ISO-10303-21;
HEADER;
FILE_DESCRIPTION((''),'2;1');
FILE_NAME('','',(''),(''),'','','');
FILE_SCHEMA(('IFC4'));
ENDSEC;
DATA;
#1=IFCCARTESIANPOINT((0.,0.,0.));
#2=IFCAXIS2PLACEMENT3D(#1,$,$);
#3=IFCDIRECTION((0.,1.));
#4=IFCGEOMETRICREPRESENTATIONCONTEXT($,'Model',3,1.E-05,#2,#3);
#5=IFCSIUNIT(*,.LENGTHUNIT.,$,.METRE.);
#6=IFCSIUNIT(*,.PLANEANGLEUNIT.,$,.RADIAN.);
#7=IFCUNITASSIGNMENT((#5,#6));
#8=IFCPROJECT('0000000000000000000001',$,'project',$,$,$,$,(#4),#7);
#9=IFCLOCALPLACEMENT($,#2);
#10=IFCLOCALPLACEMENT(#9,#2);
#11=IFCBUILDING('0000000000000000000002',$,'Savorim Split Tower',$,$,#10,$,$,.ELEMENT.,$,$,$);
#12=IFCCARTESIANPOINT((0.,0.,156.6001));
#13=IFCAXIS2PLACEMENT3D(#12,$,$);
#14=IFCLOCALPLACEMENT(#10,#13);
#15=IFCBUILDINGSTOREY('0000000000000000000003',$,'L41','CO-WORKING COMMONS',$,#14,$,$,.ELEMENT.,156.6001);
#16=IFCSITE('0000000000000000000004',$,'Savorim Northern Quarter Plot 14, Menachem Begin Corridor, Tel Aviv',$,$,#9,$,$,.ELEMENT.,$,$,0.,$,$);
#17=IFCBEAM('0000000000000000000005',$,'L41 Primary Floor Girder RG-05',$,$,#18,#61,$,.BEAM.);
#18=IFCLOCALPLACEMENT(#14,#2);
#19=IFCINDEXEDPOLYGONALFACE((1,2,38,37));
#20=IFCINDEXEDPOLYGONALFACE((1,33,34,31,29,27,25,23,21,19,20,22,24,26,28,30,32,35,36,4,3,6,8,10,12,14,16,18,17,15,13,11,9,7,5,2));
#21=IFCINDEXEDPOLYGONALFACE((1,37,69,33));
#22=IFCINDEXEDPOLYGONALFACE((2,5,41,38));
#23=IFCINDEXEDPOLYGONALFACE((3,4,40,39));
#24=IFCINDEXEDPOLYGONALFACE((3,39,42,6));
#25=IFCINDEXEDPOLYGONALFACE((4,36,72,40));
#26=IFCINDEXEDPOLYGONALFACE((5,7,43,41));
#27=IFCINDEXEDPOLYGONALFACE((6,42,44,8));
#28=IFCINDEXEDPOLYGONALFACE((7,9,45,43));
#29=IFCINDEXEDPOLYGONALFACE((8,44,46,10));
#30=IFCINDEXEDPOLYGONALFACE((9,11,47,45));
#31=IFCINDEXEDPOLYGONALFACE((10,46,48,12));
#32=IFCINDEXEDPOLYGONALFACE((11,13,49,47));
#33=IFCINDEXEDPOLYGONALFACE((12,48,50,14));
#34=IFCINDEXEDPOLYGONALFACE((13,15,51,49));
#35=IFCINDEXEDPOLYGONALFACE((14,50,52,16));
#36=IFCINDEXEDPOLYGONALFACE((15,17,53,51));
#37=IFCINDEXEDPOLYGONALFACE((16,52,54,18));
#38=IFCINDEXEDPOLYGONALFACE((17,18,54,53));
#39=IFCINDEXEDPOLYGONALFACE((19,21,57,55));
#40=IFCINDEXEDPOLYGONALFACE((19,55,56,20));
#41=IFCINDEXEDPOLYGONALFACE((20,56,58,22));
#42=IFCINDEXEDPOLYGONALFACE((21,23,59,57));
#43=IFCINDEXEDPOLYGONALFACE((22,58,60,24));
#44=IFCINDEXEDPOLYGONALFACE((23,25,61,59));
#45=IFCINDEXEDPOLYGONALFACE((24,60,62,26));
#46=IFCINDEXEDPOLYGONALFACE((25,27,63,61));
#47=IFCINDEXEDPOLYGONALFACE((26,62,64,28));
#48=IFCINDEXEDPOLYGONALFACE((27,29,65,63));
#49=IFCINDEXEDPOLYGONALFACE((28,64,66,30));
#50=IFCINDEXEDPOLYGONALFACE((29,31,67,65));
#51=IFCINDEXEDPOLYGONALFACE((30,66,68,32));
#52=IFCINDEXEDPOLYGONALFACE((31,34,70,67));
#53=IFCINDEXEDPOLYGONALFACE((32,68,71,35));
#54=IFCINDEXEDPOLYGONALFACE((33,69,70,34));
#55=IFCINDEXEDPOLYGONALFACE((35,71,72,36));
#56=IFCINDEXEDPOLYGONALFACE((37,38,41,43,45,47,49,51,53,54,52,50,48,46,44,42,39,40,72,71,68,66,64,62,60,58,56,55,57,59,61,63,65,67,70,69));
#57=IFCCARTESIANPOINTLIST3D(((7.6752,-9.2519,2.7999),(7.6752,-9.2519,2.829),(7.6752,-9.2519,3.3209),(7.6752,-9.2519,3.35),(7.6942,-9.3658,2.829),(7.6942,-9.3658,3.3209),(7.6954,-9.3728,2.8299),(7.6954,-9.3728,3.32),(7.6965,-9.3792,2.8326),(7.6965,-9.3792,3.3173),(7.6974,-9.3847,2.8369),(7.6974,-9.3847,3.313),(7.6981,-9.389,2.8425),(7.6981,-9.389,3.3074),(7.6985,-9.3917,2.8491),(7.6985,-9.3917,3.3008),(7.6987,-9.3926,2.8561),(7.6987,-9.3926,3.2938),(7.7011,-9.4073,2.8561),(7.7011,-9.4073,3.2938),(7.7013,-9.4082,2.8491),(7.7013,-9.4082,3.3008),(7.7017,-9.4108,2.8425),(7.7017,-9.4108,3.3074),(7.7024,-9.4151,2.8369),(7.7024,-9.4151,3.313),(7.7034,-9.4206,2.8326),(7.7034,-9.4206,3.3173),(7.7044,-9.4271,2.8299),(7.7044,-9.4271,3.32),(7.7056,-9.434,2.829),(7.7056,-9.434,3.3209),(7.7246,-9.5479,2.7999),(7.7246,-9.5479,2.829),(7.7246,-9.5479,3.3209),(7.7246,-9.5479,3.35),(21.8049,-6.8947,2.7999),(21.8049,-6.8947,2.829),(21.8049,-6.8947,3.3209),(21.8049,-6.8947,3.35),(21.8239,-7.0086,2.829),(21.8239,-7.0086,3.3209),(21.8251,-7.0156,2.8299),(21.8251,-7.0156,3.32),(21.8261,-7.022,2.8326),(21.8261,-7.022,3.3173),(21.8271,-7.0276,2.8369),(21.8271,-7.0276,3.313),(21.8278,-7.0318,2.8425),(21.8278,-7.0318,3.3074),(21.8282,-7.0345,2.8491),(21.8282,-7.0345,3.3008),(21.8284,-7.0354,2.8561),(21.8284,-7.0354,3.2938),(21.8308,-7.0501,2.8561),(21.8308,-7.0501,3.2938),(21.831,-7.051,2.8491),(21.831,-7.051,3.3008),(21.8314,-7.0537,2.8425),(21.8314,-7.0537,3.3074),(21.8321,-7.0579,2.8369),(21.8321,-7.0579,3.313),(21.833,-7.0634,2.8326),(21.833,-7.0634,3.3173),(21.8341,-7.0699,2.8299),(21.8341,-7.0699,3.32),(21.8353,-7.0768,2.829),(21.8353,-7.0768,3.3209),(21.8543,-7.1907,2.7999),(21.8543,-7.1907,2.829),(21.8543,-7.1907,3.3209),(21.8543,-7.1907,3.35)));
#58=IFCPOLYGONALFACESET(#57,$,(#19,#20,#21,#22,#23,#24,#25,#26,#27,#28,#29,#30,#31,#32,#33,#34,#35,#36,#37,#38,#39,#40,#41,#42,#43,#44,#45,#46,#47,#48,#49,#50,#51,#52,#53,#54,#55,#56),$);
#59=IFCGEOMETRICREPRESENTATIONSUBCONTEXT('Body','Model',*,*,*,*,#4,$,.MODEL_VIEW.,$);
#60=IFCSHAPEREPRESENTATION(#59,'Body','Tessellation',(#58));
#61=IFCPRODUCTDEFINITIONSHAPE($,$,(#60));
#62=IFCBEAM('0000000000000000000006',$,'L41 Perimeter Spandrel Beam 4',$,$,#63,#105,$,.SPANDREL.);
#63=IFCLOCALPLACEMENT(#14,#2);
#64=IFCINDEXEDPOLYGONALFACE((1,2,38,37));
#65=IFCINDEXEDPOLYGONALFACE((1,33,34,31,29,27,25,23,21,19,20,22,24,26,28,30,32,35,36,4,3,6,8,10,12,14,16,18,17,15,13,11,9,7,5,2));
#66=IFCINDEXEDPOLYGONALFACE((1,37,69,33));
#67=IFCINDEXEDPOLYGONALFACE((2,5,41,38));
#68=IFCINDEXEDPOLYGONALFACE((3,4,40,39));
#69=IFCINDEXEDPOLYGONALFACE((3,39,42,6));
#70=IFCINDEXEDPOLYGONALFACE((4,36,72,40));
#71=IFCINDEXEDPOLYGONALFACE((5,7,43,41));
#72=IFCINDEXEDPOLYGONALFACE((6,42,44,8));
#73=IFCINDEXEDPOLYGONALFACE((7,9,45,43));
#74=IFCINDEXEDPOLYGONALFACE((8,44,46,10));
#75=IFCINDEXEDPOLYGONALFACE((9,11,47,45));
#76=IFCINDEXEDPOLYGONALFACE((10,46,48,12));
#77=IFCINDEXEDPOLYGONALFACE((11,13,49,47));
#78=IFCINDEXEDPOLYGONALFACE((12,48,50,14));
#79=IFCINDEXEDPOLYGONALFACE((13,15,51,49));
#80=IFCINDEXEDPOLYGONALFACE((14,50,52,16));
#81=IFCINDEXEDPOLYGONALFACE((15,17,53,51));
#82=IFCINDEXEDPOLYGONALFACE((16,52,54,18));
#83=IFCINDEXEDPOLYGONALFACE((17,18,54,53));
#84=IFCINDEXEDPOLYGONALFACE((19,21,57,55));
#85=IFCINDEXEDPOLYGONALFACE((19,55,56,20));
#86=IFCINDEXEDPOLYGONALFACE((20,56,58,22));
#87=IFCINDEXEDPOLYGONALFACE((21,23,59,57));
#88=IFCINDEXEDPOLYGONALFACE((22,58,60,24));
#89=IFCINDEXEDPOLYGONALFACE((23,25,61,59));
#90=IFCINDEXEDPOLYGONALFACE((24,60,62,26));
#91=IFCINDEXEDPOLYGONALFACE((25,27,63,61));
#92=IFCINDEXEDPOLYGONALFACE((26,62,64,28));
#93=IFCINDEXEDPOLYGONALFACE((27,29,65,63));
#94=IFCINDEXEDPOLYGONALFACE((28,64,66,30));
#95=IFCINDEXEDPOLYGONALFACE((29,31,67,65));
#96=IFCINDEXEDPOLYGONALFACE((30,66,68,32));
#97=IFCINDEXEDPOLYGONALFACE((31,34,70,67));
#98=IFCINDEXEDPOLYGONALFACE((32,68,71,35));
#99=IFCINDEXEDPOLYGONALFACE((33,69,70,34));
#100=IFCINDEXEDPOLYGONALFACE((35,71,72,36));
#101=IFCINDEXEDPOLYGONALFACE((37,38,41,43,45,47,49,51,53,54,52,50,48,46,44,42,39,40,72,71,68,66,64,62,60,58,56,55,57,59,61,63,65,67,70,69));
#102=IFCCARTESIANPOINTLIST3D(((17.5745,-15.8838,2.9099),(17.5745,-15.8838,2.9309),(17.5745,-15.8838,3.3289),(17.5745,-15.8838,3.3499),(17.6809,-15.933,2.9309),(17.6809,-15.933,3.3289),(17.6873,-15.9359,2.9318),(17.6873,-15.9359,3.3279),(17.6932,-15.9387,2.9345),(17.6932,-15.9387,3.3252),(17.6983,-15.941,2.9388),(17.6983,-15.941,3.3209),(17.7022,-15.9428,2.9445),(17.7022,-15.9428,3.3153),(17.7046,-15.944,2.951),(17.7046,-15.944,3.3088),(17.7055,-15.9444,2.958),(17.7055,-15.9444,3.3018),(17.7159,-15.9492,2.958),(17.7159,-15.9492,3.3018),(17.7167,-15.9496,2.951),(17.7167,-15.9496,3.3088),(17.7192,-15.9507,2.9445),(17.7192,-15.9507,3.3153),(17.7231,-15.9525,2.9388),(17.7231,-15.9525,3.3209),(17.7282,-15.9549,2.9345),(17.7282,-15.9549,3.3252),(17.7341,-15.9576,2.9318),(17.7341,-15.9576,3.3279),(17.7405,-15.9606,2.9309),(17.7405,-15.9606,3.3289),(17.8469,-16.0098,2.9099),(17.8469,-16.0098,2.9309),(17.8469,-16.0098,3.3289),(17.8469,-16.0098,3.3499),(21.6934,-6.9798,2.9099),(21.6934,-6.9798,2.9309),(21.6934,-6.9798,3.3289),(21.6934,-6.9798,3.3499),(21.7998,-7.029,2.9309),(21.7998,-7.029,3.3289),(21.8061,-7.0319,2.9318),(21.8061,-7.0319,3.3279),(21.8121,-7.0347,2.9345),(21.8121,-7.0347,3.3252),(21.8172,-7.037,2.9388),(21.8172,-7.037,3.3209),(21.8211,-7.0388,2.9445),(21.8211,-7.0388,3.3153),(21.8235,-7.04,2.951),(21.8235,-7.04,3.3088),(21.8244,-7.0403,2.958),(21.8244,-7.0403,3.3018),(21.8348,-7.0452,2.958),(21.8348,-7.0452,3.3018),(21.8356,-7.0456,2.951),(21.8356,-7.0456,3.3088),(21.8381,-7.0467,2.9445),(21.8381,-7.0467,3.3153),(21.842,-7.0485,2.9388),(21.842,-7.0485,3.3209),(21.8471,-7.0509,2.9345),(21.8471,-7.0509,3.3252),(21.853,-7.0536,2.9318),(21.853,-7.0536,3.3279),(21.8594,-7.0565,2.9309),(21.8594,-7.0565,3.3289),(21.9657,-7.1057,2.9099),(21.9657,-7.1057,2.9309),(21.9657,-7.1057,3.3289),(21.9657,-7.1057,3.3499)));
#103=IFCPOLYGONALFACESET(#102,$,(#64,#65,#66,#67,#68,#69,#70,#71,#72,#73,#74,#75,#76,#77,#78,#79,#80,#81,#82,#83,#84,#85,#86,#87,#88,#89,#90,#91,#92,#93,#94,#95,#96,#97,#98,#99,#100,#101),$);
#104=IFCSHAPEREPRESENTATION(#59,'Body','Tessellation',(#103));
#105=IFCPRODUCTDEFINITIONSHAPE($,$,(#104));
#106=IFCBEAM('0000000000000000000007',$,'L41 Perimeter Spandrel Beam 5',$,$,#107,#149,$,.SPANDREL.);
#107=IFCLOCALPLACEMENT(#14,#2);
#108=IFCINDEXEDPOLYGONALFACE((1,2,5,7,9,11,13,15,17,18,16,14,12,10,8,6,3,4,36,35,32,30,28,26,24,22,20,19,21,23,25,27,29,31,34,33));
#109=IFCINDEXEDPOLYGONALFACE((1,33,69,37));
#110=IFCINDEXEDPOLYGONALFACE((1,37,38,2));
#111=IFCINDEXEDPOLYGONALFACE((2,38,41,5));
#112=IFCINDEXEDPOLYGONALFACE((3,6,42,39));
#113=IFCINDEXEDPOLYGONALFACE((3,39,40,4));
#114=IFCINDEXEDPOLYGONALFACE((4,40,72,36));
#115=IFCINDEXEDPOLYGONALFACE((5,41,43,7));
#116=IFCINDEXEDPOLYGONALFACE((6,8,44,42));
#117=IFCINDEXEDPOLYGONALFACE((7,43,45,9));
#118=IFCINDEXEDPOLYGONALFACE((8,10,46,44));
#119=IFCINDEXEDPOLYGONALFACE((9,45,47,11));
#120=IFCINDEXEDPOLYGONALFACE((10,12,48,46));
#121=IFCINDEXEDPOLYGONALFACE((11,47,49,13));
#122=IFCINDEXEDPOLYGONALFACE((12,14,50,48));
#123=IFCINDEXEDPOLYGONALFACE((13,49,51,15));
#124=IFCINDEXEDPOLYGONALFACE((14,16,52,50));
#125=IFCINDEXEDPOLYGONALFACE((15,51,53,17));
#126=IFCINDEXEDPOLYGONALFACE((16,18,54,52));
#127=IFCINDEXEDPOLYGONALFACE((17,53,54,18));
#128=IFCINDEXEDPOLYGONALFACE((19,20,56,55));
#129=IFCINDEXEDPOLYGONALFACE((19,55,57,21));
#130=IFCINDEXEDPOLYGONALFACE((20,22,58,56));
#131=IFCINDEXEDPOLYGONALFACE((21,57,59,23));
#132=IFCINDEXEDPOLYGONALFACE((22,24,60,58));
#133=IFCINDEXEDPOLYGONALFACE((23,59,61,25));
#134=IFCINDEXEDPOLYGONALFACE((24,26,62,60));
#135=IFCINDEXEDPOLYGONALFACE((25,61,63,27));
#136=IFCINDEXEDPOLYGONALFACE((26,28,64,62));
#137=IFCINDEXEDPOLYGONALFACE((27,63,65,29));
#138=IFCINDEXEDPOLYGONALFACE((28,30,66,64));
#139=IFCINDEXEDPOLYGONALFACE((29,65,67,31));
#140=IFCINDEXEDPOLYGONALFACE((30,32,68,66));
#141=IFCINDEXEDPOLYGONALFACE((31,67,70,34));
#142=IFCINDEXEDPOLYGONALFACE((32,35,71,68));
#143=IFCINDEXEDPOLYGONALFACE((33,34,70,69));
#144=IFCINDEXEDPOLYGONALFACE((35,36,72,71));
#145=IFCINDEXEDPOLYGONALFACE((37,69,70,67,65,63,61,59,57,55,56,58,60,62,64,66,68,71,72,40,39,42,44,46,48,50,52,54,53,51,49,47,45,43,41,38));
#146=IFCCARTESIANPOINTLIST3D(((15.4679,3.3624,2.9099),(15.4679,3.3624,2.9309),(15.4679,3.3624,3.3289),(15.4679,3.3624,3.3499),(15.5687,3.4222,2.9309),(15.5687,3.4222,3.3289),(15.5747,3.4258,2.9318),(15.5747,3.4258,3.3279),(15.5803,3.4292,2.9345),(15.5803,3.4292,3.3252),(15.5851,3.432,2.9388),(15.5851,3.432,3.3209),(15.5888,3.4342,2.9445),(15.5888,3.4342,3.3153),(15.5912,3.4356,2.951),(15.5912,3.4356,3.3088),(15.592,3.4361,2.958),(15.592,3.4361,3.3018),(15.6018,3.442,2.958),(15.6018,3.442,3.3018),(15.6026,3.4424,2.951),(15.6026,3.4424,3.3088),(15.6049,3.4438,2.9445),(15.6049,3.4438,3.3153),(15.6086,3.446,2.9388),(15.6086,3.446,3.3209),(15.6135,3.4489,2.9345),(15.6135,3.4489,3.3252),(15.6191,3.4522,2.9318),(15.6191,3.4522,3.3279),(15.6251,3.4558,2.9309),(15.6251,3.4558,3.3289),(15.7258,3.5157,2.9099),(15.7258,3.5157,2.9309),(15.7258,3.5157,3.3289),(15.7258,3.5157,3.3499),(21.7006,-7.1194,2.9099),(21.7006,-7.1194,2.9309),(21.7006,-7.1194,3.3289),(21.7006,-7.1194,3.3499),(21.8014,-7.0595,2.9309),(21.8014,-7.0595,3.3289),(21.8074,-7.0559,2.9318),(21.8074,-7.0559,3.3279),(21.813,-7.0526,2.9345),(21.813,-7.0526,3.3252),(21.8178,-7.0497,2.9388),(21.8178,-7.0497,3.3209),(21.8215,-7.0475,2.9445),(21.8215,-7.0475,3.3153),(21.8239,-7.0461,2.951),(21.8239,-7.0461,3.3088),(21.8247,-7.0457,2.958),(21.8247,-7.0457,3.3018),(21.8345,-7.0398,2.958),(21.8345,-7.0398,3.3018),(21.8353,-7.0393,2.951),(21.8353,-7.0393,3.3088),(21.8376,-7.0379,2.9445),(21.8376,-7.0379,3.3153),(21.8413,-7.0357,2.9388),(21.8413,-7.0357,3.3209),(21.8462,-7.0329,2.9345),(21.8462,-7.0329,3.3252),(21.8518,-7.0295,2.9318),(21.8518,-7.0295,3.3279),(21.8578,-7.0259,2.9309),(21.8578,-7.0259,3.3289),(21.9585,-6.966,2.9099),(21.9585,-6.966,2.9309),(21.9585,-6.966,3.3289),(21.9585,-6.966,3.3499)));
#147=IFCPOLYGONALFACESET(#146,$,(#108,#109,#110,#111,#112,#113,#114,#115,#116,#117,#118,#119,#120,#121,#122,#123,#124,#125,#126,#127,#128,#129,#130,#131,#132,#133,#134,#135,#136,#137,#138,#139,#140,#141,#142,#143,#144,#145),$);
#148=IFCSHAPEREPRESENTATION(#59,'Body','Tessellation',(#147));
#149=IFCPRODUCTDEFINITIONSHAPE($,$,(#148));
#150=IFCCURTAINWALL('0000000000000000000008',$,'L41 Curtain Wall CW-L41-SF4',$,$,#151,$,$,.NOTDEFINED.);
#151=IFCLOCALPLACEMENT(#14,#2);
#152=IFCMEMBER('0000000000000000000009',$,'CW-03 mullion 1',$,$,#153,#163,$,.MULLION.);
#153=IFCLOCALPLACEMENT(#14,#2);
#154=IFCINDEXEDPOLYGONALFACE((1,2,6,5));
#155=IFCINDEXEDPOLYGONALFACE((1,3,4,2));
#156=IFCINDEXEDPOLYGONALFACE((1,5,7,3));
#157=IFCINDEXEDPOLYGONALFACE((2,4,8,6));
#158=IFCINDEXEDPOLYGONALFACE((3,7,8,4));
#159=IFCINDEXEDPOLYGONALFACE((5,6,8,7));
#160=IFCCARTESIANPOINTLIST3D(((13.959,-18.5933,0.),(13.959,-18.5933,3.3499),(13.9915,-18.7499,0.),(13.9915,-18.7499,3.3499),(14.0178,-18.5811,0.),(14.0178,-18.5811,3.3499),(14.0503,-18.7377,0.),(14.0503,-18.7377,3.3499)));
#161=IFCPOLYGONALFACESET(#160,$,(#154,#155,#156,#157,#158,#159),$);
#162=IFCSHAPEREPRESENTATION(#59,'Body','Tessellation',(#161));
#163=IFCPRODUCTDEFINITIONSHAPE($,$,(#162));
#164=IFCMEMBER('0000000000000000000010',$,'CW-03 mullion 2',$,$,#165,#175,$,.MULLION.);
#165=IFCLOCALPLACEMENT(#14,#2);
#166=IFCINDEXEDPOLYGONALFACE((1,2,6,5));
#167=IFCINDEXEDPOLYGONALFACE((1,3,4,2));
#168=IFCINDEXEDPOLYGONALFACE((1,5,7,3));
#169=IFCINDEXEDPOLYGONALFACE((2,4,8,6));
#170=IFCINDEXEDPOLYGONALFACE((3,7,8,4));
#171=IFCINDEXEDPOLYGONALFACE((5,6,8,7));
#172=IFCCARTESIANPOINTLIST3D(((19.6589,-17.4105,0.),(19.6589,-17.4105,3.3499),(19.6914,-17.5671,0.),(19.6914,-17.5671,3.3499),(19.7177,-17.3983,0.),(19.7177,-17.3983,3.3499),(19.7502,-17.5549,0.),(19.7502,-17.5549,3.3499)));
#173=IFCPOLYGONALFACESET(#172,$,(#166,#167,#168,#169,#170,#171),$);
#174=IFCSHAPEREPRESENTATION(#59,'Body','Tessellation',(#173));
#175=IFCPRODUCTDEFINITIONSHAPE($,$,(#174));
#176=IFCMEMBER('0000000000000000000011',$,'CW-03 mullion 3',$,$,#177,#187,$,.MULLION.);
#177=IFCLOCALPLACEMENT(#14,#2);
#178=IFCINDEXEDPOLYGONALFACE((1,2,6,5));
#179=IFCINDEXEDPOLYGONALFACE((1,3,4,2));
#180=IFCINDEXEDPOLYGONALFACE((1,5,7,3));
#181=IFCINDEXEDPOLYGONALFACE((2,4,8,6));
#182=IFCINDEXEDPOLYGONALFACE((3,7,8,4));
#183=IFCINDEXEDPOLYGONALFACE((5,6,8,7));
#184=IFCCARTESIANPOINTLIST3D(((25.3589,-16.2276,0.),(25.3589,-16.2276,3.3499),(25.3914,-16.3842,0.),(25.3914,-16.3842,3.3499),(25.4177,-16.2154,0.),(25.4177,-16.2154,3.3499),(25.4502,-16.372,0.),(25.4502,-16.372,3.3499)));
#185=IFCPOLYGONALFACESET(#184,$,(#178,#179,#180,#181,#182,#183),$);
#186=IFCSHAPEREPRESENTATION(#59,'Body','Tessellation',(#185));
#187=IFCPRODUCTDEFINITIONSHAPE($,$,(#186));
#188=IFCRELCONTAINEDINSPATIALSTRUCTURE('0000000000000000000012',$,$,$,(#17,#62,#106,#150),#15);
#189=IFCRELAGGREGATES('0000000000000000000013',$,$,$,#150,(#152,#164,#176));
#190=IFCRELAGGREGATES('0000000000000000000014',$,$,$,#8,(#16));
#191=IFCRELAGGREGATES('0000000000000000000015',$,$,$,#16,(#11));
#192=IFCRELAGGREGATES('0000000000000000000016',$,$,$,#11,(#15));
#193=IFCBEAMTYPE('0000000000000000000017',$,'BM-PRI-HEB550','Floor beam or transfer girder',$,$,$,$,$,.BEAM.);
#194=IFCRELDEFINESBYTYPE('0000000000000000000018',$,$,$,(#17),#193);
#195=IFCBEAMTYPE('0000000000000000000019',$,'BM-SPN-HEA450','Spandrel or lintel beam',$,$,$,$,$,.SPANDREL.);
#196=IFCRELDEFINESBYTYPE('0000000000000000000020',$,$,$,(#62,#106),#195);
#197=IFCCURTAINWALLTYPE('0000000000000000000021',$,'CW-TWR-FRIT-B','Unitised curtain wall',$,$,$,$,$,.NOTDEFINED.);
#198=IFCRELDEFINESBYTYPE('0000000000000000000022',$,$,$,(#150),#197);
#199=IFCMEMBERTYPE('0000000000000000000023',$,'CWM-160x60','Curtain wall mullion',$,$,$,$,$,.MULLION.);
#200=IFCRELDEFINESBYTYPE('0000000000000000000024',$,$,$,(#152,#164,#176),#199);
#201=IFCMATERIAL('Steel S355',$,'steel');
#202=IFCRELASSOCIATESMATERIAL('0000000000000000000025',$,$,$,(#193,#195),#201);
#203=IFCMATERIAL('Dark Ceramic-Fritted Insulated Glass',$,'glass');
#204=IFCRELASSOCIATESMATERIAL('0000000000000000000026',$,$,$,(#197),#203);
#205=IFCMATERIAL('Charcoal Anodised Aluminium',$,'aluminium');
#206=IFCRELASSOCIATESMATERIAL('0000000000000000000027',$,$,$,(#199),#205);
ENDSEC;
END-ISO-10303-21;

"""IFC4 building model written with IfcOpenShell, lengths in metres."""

from ifc_helpers import new_model, si_unit, direction, frame, origin, origin_2d, place, context, subcontext, project, spatial, rectangle, i_section, extrude, material, material_profile, profile_set, type_object, element, aggregate, save


model = new_model("IFC4")

# Units and contexts
model_context = context("Model", 3, precision=1e-05, world=origin(), true_north=direction((0.0, 1.0)))
body_context = subcontext(model_context, "Body", "Model", "MODEL_VIEW")
ifc_project = project(units=[si_unit("LENGTHUNIT", "METRE"), si_unit("PLANEANGLEUNIT", "RADIAN")], contexts=[model_context])

# Site, building, storey
site_placement = place(None, origin())
site = spatial("IfcSite", under=ifc_project, at=site_placement, Name="Savorim Northern Quarter Plot 14, Menachem Begin Corridor, Tel Aviv", CompositionType="ELEMENT", RefElevation=0.0)
building_placement = place(site_placement, origin())
building = spatial("IfcBuilding", under=site, at=building_placement, Name="Savorim Split Tower", CompositionType="ELEMENT")
storey_placement = place(building_placement, frame((0.0, 0.0, 156.6001)))
storey = spatial("IfcBuildingStorey", under=building, at=storey_placement, Name="L41", Description="CO-WORKING COMMONS", CompositionType="ELEMENT", Elevation=156.6001)

# Beams
ifc_material_1 = material(Name="Steel S355", Category="steel")
ifc_material_profile_1 = material_profile(ifc_material_1, i_section(OverallWidth=0.3, OverallDepth=0.55, WebThickness=0.0149, FlangeThickness=0.0291, FilletRadius=0.0271, at=origin_2d()), Name="HEB 550")
ifc_profile_set_1 = profile_set([ifc_material_profile_1], Name="Steel S355")
beam_type_1 = type_object("IfcBeamType", Name="BM-PRI-HEB550", Description="Floor beam or transfer girder", PredefinedType="BEAM", material=ifc_profile_set_1)
beam_1_placement = place(storey_placement, frame((21.8296, -7.0427, 3.075), z_axis=(-0.986369, -0.164551, 0.0), x_axis=(0.164551, -0.986369, 0.0)))
element("IfcBeam", 1, at=beam_1_placement, inside=storey, type_object=beam_type_1, Name="L41 Primary Floor Girder RG-05", PredefinedType="BEAM", context=body_context, shape_type="SweptSolid", body=[
    extrude(i_section(OverallWidth=0.3, OverallDepth=0.55, WebThickness=0.0149, FlangeThickness=0.0291, FilletRadius=0.0271, at=origin_2d()), origin(), (0.0, 0.0, 1.0), 14.325),
])
ifc_material_profile_2 = material_profile(ifc_material_1, i_section(OverallWidth=0.3, OverallDepth=0.4399, WebThickness=0.0115, FlangeThickness=0.021, FilletRadius=0.0271, at=origin_2d()), Name="HEA 450")
ifc_profile_set_2 = profile_set([ifc_material_profile_2], Name="Steel S355")
beam_type_2 = type_object("IfcBeamType", Name="BM-SPN-HEA450", Description="Spandrel or lintel beam", PredefinedType="SPANDREL", material=ifc_profile_set_2)
beam_2_placement = place(storey_placement, frame((17.7107, -15.9468, 3.1299), z_axis=(0.419842, 0.907597, 0.0), x_axis=(-0.907597, 0.419842, 0.0)))
element("IfcBeam", 2, at=beam_2_placement, inside=storey, type_object=beam_type_2, Name="L41 Perimeter Spandrel Beam 4", PredefinedType="SPANDREL", context=body_context, shape_type="SweptSolid", body=[
    extrude(i_section(OverallWidth=0.3, OverallDepth=0.4399, WebThickness=0.0115, FlangeThickness=0.021, FilletRadius=0.0271, at=origin_2d()), origin(), (0.0, 0.0, 1.0), 9.8105),
])
beam_3_placement = place(storey_placement, frame((21.8296, -7.0427, 3.1299), z_axis=(-0.511094, 0.859525, 0.0), x_axis=(-0.859525, -0.511094, 0.0)))
element("IfcBeam", 3, at=beam_3_placement, inside=storey, type_object=beam_type_2, Name="L41 Perimeter Spandrel Beam 5", PredefinedType="SPANDREL", context=body_context, shape_type="SweptSolid", body=[
    extrude(i_section(OverallWidth=0.3, OverallDepth=0.4399, WebThickness=0.0115, FlangeThickness=0.021, FilletRadius=0.0271, at=origin_2d()), origin(), (0.0, 0.0, 1.0), 12.1948),
])

# Curtain wall, members
ifc_material_2 = material(Name="Dark Ceramic-Fritted Insulated Glass", Category="glass")
curtain_wall_type = type_object("IfcCurtainWallType", Name="CW-TWR-FRIT-B", Description="Unitised curtain wall", PredefinedType="NOTDEFINED", material=ifc_material_2)
curtain_wall_1_placement = place(storey_placement, origin())
curtain_wall_1 = element("IfcCurtainWall", 4, at=curtain_wall_1_placement, inside=storey, type_object=curtain_wall_type, Name="L41 Curtain Wall CW-L41-SF4", PredefinedType="NOTDEFINED")
ifc_material_3 = material(Name="Charcoal Anodised Aluminium", Category="aluminium")
ifc_material_profile_3 = material_profile(ifc_material_3, rectangle(XDim=0.1599, YDim=0.0601, at=origin_2d()), Name="ALU-M 160x60")
ifc_profile_set_3 = profile_set([ifc_material_profile_3], Name="Charcoal Anodised Aluminium")
member_type_1 = type_object("IfcMemberType", Name="CWM-160x60", Description="Curtain wall mullion", PredefinedType="MULLION", material=ifc_profile_set_3)
member_1_placement = place(storey_placement, frame((14.0046, -18.6655, 0.0), z_axis=(0.0, 0.0, 1.0), x_axis=(-0.20321, 0.979135, 0.0)))
member_1 = element("IfcMember", 5, at=member_1_placement, type_object=member_type_1, Name="CW-03 mullion 1", PredefinedType="MULLION", context=body_context, shape_type="SweptSolid", body=[
    extrude(rectangle(XDim=0.1599, YDim=0.0601, at=origin_2d()), origin(), (0.0, 0.0, 1.0), 3.3499),
])
member_2_placement = place(storey_placement, frame((19.7046, -17.4827, 0.0), z_axis=(0.0, 0.0, 1.0), x_axis=(-0.20321, 0.979135, 0.0)))
member_2 = element("IfcMember", 6, at=member_2_placement, type_object=member_type_1, Name="CW-03 mullion 2", PredefinedType="MULLION", context=body_context, shape_type="SweptSolid", body=[
    extrude(rectangle(XDim=0.1599, YDim=0.0601, at=origin_2d()), origin(), (0.0, 0.0, 1.0), 3.3499),
])
member_3_placement = place(storey_placement, frame((25.4045, -16.2998, 0.0), z_axis=(0.0, 0.0, 1.0), x_axis=(-0.20321, 0.979135, 0.0)))
member_3 = element("IfcMember", 7, at=member_3_placement, type_object=member_type_1, Name="CW-03 mullion 3", PredefinedType="MULLION", context=body_context, shape_type="SweptSolid", body=[
    extrude(rectangle(XDim=0.1599, YDim=0.0601, at=origin_2d()), origin(), (0.0, 0.0, 1.0), 3.3499),
])

aggregate(curtain_wall_1, [member_1, member_2, member_3])

save(model, "model.ifc")
